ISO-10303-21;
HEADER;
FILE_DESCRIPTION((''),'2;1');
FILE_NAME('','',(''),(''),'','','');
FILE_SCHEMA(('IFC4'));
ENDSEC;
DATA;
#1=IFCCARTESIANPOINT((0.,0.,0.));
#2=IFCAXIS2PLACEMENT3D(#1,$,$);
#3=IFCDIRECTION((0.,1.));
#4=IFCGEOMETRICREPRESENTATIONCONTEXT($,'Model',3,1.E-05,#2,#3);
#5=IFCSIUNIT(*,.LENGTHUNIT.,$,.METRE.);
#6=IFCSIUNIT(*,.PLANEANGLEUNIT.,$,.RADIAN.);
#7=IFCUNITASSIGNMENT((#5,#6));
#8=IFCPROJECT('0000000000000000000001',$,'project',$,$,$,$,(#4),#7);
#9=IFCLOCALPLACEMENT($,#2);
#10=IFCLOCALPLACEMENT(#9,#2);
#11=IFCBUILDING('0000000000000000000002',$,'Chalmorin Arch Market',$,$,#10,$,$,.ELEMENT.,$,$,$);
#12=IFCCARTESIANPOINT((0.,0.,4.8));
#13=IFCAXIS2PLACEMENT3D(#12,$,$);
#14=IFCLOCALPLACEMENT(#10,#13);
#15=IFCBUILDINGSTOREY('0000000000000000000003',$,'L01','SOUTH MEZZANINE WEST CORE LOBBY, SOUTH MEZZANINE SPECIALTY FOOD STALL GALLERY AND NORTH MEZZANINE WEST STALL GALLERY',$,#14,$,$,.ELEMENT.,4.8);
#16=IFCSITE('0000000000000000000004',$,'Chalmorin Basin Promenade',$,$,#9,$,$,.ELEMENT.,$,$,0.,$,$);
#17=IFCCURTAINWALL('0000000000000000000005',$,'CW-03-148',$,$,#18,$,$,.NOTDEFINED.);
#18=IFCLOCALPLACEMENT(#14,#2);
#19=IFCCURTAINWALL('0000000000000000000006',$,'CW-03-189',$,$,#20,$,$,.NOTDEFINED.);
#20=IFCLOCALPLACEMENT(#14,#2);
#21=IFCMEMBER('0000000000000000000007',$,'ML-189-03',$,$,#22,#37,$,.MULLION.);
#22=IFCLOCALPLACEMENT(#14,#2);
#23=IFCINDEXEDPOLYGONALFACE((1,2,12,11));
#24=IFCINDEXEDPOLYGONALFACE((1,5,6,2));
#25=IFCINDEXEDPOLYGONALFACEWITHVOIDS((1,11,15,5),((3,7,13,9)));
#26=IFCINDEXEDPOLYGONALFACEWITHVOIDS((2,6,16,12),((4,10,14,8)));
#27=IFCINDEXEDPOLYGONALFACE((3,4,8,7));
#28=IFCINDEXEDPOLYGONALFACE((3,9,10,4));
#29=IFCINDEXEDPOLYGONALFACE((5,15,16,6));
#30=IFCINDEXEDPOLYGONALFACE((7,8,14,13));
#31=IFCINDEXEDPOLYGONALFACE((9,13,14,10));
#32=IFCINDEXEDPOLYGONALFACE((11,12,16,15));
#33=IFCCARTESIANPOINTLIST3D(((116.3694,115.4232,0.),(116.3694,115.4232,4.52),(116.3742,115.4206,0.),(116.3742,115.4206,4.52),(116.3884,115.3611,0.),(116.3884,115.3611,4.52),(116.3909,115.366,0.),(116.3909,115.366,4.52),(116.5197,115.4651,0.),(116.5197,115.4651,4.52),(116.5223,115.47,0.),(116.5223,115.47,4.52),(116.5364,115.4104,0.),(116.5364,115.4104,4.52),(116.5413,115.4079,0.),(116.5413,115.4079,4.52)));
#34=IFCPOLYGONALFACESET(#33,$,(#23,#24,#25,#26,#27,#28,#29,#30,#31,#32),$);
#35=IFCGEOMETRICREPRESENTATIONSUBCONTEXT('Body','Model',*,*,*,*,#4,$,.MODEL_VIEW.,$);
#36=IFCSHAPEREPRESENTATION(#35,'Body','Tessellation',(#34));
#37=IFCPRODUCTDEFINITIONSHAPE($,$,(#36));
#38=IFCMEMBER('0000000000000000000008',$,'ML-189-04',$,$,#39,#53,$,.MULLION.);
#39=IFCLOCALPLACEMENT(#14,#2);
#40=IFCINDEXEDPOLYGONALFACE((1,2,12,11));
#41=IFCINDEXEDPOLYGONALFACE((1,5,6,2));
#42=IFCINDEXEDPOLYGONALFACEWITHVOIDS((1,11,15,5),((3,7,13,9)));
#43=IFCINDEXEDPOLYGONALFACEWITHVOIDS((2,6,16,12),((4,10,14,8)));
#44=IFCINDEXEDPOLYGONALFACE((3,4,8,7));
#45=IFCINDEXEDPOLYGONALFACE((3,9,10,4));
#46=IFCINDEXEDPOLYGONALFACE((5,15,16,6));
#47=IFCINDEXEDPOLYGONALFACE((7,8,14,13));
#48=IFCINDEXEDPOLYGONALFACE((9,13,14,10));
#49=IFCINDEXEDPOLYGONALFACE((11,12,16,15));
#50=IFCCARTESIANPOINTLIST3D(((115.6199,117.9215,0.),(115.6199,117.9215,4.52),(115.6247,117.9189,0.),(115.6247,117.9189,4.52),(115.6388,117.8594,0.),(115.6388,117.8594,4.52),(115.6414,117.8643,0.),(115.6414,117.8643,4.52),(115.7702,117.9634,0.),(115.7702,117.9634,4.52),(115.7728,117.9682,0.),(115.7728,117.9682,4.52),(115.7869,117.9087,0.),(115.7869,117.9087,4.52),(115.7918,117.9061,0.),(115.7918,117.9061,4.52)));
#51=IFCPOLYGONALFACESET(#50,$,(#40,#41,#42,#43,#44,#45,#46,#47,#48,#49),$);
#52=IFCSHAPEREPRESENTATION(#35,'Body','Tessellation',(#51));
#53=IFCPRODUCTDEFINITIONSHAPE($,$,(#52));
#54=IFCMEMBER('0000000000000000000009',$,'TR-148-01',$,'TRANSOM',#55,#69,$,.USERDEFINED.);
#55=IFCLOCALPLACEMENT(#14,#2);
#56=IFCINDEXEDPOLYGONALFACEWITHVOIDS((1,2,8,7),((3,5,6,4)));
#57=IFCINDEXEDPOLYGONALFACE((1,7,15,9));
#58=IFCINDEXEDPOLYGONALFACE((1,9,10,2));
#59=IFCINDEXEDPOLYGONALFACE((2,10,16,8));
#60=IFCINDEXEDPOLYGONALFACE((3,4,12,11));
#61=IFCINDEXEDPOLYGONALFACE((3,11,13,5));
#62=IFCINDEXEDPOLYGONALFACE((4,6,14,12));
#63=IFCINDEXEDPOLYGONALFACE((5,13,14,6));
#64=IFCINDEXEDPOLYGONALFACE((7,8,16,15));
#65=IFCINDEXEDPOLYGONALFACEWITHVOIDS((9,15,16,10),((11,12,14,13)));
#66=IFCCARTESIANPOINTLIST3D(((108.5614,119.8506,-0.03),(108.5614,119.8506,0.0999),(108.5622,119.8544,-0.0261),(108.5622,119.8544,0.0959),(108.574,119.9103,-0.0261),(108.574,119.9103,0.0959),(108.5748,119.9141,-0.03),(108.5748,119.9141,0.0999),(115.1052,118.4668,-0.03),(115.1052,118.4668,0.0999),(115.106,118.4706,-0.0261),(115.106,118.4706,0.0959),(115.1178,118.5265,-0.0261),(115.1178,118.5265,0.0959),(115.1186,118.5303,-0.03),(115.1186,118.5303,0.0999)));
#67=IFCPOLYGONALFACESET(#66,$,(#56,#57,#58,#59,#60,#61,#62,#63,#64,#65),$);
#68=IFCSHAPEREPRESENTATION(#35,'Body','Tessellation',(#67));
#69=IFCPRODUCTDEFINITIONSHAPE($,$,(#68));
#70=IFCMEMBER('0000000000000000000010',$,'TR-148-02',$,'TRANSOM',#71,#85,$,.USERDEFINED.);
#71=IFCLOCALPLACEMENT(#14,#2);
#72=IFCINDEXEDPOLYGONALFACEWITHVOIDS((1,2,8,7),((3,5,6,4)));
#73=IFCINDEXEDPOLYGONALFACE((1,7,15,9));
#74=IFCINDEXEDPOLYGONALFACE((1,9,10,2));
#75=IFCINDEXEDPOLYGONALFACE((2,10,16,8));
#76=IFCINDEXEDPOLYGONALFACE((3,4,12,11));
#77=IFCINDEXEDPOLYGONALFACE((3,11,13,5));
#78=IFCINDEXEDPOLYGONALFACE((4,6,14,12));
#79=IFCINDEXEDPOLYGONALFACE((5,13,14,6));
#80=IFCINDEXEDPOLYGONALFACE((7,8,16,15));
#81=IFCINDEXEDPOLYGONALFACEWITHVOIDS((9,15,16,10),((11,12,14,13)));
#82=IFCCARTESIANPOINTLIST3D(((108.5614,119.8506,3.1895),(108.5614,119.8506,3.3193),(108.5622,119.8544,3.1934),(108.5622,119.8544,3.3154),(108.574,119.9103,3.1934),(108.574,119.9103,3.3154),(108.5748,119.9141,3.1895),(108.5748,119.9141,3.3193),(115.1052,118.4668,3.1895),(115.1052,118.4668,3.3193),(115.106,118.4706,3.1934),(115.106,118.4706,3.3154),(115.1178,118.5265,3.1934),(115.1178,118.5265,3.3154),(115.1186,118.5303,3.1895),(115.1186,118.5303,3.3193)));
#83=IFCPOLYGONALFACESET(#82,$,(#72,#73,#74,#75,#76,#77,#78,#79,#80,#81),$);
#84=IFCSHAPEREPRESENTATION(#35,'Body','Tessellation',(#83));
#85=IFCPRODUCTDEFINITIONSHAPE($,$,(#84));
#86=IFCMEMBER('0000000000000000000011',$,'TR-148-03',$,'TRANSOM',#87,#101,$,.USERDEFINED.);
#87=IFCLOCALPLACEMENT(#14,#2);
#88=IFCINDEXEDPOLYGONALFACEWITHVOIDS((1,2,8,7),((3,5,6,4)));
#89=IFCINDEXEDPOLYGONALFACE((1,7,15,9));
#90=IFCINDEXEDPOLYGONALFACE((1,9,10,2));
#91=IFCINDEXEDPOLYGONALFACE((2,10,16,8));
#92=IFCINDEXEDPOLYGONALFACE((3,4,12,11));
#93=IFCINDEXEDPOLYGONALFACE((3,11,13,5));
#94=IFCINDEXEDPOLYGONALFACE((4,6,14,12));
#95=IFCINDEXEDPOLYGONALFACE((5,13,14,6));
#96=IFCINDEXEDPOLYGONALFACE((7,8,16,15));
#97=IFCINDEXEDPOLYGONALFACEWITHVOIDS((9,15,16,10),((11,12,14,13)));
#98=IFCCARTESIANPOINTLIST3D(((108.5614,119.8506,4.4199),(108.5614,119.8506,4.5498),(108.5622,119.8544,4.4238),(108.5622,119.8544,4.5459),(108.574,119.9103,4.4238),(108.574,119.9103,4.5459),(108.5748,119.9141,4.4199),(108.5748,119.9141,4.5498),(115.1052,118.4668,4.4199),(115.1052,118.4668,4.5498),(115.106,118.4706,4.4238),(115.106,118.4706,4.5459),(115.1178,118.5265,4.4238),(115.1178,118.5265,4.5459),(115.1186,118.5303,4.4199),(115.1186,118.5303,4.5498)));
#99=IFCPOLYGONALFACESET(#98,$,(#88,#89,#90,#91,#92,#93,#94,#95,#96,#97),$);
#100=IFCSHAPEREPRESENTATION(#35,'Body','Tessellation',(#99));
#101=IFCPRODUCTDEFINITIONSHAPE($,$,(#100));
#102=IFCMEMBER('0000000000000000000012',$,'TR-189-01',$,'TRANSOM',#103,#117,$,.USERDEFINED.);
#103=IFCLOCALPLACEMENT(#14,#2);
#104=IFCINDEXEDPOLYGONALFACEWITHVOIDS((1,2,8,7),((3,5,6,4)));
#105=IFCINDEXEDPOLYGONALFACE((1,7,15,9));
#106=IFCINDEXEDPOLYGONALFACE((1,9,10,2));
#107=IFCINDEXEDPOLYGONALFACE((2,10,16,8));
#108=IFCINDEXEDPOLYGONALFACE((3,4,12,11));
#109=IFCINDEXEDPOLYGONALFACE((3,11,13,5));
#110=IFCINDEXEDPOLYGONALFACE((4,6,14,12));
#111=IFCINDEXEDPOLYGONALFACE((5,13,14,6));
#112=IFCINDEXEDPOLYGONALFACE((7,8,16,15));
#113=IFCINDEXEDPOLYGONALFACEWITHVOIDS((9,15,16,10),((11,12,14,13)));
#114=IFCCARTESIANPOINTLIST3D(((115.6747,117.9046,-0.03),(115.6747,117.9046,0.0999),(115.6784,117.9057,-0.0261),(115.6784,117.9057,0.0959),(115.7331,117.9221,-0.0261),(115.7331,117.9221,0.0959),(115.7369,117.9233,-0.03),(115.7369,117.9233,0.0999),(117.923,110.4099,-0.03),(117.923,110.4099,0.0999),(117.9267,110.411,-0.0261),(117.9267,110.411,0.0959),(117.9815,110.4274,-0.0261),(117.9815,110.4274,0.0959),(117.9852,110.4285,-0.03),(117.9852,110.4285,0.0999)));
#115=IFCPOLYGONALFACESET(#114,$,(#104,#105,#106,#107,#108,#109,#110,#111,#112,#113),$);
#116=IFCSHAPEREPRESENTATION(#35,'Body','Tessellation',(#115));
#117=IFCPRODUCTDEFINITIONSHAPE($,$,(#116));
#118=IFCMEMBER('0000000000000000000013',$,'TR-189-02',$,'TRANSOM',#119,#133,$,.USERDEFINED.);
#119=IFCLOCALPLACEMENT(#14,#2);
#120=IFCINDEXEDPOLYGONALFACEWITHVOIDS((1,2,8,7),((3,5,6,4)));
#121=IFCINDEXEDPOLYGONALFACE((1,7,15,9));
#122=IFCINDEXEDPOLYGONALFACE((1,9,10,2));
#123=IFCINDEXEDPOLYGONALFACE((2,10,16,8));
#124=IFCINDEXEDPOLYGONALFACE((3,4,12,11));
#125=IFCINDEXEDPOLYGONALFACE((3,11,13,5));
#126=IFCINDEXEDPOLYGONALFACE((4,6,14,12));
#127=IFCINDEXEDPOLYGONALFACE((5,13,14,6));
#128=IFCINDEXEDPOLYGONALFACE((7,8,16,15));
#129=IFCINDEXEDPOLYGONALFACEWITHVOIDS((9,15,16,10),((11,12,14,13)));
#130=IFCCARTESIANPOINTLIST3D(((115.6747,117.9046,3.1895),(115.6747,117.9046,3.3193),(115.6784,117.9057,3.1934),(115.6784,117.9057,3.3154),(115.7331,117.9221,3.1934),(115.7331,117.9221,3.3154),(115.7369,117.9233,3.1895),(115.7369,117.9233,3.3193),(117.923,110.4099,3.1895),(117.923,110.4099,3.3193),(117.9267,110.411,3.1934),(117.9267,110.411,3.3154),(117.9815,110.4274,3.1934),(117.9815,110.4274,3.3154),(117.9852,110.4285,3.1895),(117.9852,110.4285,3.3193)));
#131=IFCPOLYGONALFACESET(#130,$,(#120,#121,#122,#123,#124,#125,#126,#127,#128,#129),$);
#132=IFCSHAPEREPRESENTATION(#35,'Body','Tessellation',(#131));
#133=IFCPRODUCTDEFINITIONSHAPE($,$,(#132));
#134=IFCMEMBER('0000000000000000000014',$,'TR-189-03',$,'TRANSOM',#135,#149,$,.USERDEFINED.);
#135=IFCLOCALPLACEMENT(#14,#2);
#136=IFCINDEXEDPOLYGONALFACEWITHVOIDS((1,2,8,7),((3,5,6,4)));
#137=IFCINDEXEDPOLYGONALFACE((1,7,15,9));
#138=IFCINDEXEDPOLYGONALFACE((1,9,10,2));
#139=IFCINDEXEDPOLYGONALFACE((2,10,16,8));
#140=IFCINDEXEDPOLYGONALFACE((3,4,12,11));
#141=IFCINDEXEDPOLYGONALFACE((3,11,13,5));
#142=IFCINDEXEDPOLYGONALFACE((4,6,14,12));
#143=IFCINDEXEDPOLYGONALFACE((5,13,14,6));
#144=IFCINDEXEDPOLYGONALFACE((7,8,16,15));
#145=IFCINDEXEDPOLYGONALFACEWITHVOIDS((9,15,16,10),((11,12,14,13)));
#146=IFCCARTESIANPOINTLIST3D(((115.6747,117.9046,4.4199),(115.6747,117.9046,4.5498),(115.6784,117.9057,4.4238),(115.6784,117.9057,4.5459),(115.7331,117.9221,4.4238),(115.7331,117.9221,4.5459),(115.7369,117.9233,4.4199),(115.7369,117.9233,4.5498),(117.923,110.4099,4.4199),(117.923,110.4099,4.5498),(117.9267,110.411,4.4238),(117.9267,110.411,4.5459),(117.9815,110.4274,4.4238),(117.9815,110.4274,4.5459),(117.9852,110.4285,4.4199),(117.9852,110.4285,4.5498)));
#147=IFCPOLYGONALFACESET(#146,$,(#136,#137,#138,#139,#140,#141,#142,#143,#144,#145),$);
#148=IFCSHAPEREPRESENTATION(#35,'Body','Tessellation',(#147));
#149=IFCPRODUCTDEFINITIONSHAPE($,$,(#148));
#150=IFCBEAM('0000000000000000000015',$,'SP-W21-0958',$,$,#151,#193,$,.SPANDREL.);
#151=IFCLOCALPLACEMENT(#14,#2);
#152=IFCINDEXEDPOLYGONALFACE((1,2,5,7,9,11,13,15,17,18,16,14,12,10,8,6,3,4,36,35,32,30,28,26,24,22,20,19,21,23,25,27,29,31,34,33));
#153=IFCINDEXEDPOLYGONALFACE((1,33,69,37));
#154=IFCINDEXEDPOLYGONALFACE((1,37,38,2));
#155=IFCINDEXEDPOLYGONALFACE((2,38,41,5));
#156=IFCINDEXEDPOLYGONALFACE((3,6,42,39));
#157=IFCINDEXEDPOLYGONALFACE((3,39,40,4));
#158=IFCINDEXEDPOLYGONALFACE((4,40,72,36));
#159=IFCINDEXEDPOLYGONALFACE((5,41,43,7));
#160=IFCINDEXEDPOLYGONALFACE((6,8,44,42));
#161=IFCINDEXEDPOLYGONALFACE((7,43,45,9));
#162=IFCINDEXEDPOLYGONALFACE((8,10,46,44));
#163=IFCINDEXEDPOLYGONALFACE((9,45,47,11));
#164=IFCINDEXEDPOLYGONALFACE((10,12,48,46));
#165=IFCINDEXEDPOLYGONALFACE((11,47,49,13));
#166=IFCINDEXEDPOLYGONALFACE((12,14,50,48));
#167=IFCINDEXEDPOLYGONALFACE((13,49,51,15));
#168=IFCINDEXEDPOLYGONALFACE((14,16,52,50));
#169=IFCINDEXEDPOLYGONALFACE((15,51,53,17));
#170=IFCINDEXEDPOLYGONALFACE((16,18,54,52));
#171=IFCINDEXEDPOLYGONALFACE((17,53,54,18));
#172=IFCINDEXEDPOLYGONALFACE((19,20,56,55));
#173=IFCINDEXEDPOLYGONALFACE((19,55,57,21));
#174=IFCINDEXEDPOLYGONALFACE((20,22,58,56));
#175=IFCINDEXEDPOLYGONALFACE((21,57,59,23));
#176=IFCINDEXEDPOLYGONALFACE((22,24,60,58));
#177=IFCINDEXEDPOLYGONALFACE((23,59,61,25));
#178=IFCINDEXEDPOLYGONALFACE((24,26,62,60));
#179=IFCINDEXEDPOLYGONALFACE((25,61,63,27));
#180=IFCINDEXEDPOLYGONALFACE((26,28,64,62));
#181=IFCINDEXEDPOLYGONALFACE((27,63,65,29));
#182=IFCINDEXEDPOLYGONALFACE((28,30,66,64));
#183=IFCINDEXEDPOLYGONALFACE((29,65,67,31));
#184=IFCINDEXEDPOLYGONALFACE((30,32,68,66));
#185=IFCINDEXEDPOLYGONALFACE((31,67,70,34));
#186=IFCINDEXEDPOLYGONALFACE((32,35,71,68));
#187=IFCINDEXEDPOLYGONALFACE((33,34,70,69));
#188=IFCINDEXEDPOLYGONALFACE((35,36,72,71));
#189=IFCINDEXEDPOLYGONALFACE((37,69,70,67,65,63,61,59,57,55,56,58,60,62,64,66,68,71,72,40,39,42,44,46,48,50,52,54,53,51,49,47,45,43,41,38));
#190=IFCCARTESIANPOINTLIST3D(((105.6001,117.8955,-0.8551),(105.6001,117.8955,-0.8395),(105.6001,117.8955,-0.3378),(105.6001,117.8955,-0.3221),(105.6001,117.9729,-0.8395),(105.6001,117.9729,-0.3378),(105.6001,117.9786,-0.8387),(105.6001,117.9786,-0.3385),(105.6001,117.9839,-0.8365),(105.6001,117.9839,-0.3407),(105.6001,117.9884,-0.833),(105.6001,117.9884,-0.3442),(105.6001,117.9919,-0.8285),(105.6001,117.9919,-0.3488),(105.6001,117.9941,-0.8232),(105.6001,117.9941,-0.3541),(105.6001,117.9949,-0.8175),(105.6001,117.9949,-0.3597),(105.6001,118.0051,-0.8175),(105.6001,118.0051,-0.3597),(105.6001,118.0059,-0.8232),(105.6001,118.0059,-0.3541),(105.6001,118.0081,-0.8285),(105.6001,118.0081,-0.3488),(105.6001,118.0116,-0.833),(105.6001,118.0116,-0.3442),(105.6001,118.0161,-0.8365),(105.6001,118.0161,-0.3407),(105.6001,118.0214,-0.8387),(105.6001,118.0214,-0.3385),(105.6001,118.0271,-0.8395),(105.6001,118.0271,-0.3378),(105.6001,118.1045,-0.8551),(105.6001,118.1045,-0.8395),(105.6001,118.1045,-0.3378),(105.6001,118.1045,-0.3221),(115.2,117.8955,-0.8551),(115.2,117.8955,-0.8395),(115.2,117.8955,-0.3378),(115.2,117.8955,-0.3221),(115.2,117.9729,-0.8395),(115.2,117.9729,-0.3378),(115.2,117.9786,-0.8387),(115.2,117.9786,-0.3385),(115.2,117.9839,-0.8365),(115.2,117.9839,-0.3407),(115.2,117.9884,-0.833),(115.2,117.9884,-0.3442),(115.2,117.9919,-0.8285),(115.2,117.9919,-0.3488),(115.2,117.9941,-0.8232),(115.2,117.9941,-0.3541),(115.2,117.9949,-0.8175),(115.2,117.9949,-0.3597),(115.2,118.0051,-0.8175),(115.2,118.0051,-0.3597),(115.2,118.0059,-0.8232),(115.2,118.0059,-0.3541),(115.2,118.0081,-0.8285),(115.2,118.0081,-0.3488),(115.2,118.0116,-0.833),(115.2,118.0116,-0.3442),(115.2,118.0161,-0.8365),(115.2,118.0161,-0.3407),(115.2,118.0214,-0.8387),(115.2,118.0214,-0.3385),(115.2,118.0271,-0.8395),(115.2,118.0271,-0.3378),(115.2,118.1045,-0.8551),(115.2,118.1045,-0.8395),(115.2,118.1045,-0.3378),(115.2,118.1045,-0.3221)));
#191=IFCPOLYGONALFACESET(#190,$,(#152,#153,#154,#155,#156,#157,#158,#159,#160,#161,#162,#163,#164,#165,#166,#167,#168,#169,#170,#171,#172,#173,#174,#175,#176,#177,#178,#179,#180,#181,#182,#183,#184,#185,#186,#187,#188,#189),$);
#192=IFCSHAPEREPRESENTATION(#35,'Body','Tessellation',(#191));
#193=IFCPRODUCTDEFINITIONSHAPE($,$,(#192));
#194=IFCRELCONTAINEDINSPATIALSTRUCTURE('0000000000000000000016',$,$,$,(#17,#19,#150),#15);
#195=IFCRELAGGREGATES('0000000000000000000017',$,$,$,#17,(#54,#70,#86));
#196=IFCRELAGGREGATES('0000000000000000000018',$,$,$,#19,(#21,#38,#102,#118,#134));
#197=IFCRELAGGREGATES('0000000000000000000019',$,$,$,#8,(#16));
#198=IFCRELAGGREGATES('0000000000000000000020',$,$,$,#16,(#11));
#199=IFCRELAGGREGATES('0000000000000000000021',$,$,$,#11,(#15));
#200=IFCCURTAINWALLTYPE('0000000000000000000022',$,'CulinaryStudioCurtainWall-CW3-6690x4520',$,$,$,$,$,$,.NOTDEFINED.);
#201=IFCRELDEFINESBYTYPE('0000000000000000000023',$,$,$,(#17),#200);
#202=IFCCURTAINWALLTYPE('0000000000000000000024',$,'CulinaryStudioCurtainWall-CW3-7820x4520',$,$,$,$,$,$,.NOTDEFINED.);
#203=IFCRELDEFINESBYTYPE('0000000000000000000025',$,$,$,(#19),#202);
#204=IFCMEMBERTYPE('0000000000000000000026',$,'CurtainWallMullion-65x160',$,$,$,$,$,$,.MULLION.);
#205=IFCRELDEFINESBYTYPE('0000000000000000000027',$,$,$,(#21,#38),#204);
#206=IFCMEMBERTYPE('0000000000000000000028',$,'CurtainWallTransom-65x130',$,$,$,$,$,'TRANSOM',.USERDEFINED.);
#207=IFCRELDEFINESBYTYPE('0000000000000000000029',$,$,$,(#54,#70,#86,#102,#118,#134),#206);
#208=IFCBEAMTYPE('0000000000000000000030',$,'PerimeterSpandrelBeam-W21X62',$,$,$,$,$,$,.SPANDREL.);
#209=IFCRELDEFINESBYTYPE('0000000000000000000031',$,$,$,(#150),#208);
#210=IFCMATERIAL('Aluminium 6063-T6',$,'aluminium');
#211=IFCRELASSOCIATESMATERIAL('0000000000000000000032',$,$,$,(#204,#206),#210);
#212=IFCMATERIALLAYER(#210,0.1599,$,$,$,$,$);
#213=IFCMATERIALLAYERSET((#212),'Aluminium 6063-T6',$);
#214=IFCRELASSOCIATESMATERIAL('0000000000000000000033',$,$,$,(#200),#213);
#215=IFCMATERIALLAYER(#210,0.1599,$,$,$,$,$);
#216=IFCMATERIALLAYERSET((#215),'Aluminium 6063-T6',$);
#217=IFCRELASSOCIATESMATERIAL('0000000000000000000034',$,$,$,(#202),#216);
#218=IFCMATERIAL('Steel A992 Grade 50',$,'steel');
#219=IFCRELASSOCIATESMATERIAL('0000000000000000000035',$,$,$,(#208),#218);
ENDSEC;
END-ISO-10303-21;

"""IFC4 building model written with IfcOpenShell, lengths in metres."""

from ifc_helpers import new_model, si_unit, direction, frame, origin, origin_2d, place, context, subcontext, project, spatial, hollow_rectangle, i_section, extrude, material, layer, layer_set, material_profile, profile_set, type_object, element, aggregate, save


model = new_model("IFC4")

# Units and contexts
model_context = context("Model", 3, precision=1e-05, world=origin(), true_north=direction((0.0, 1.0)))
body_context = subcontext(model_context, "Body", "Model", "MODEL_VIEW")
ifc_project = project(units=[si_unit("LENGTHUNIT", "METRE"), si_unit("PLANEANGLEUNIT", "RADIAN")], contexts=[model_context])

# Site, building, storey
site_placement = place(None, origin())
site = spatial("IfcSite", under=ifc_project, at=site_placement, Name="Chalmorin Basin Promenade", CompositionType="ELEMENT", RefElevation=0.0)
building_placement = place(site_placement, origin())
building = spatial("IfcBuilding", under=site, at=building_placement, Name="Chalmorin Arch Market", CompositionType="ELEMENT")
storey_placement = place(building_placement, frame((0.0, 0.0, 4.8)))
storey = spatial("IfcBuildingStorey", under=building, at=storey_placement, Name="L01", Description="SOUTH MEZZANINE WEST CORE LOBBY, SOUTH MEZZANINE SPECIALTY FOOD STALL GALLERY AND NORTH MEZZANINE WEST STALL GALLERY", CompositionType="ELEMENT", Elevation=4.8)

# Curtain wall
ifc_material_1 = material(Name="Aluminium 6063-T6", Category="aluminium")
ifc_material_profile_1 = material_profile(ifc_material_1, hollow_rectangle(XDim=0.0649, YDim=0.1599, WallThickness=0.0039, at=origin_2d()), Name="ALU65X160X4")
ifc_profile_set_1 = profile_set([ifc_material_profile_1], Name="Aluminium 6063-T6")
member_type_1 = type_object("IfcMemberType", Name="CurtainWallMullion-65x160", PredefinedType="MULLION", material=ifc_profile_set_1)
ifc_layer_1 = layer(ifc_material_1, 0.1599)
ifc_layer_set_1 = layer_set([ifc_layer_1], Name="Aluminium 6063-T6")
curtain_wall_type_1 = type_object("IfcCurtainWallType", Name="CulinaryStudioCurtainWall-CW3-6690x4520", PredefinedType="NOTDEFINED", material=ifc_layer_set_1)
curtain_wall_1_placement = place(storey_placement, origin())
curtain_wall_1 = element("IfcCurtainWall", 1, at=curtain_wall_1_placement, inside=storey, type_object=curtain_wall_type_1, Name="CW-03-148", PredefinedType="NOTDEFINED")

# Curtain wall, members
ifc_layer_2 = layer(ifc_material_1, 0.1599)
ifc_layer_set_2 = layer_set([ifc_layer_2], Name="Aluminium 6063-T6")
curtain_wall_type_2 = type_object("IfcCurtainWallType", Name="CulinaryStudioCurtainWall-CW3-7820x4520", PredefinedType="NOTDEFINED", material=ifc_layer_set_2)
curtain_wall_2_placement = place(storey_placement, origin())
curtain_wall_2 = element("IfcCurtainWall", 2, at=curtain_wall_2_placement, inside=storey, type_object=curtain_wall_type_2, Name="CW-03-189", PredefinedType="NOTDEFINED")
member_1_placement = place(storey_placement, frame((116.4553, 115.4155, 0.0), z_axis=(0.0, 0.0, 1.0), x_axis=(-0.292372, 0.956305, 0.0)))
member_1 = element("IfcMember", 3, at=member_1_placement, type_object=member_type_1, Name="ML-189-03", PredefinedType="MULLION", context=body_context, shape_type="SweptSolid", body=[
    extrude(hollow_rectangle(XDim=0.0649, YDim=0.1599, WallThickness=0.0039, at=origin_2d()), origin(), (0.0, 0.0, 1.0), 4.52),
])
member_2_placement = place(storey_placement, frame((115.7058, 117.9138, 0.0), z_axis=(0.0, 0.0, 1.0), x_axis=(-0.292372, 0.956305, 0.0)))
member_2 = element("IfcMember", 4, at=member_2_placement, type_object=member_type_1, Name="ML-189-04", PredefinedType="MULLION", context=body_context, shape_type="SweptSolid", body=[
    extrude(hollow_rectangle(XDim=0.0649, YDim=0.1599, WallThickness=0.0039, at=origin_2d()), origin(), (0.0, 0.0, 1.0), 4.52),
])

# Members
ifc_material_profile_2 = material_profile(ifc_material_1, hollow_rectangle(XDim=0.0649, YDim=0.1299, WallThickness=0.0039, at=origin_2d()), Name="ALU65X130X4")
ifc_profile_set_2 = profile_set([ifc_material_profile_2], Name="Aluminium 6063-T6")
member_type_2 = type_object("IfcMemberType", Name="CurtainWallTransom-65x130", ElementType="TRANSOM", PredefinedType="USERDEFINED", material=ifc_profile_set_2)
member_3_placement = place(storey_placement, frame((108.5681, 119.8823, 0.0349), z_axis=(0.978363, -0.206893, 0.0), x_axis=(0.206893, 0.978363, 0.0)))
member_3 = element("IfcMember", 5, at=member_3_placement, type_object=member_type_2, Name="TR-148-01", ObjectType="TRANSOM", PredefinedType="USERDEFINED", context=body_context, shape_type="SweptSolid", body=[
    extrude(hollow_rectangle(XDim=0.0649, YDim=0.1299, WallThickness=0.0039, at=origin_2d()), origin(), (0.0, 0.0, 1.0), 6.6885),
])
member_4_placement = place(storey_placement, frame((108.5681, 119.8823, 3.2544), z_axis=(0.978363, -0.206893, 0.0), x_axis=(0.206893, 0.978363, 0.0)))
member_4 = element("IfcMember", 6, at=member_4_placement, type_object=member_type_2, Name="TR-148-02", ObjectType="TRANSOM", PredefinedType="USERDEFINED", context=body_context, shape_type="SweptSolid", body=[
    extrude(hollow_rectangle(XDim=0.0649, YDim=0.1299, WallThickness=0.0039, at=origin_2d()), origin(), (0.0, 0.0, 1.0), 6.6885),
])
member_5_placement = place(storey_placement, frame((108.5681, 119.8823, 4.4849), z_axis=(0.978363, -0.206893, 0.0), x_axis=(0.206893, 0.978363, 0.0)))
member_5 = element("IfcMember", 7, at=member_5_placement, type_object=member_type_2, Name="TR-148-03", ObjectType="TRANSOM", PredefinedType="USERDEFINED", context=body_context, shape_type="SweptSolid", body=[
    extrude(hollow_rectangle(XDim=0.0649, YDim=0.1299, WallThickness=0.0039, at=origin_2d()), origin(), (0.0, 0.0, 1.0), 6.6885),
])
member_6_placement = place(storey_placement, frame((117.9541, 110.4192, 0.0349), z_axis=(-0.287336, 0.95783, 0.0), x_axis=(-0.95783, -0.287336, 0.0)))
member_6 = element("IfcMember", 8, at=member_6_placement, type_object=member_type_2, Name="TR-189-01", ObjectType="TRANSOM", PredefinedType="USERDEFINED", context=body_context, shape_type="SweptSolid", body=[
    extrude(hollow_rectangle(XDim=0.0649, YDim=0.1299, WallThickness=0.0039, at=origin_2d()), origin(), (0.0, 0.0, 1.0), 7.8247),
])
member_7_placement = place(storey_placement, frame((117.9541, 110.4192, 3.2544), z_axis=(-0.287336, 0.95783, 0.0), x_axis=(-0.95783, -0.287336, 0.0)))
member_7 = element("IfcMember", 9, at=member_7_placement, type_object=member_type_2, Name="TR-189-02", ObjectType="TRANSOM", PredefinedType="USERDEFINED", context=body_context, shape_type="SweptSolid", body=[
    extrude(hollow_rectangle(XDim=0.0649, YDim=0.1299, WallThickness=0.0039, at=origin_2d()), origin(), (0.0, 0.0, 1.0), 7.8247),
])
member_8_placement = place(storey_placement, frame((117.9541, 110.4192, 4.4849), z_axis=(-0.287336, 0.95783, 0.0), x_axis=(-0.95783, -0.287336, 0.0)))
member_8 = element("IfcMember", 10, at=member_8_placement, type_object=member_type_2, Name="TR-189-03", ObjectType="TRANSOM", PredefinedType="USERDEFINED", context=body_context, shape_type="SweptSolid", body=[
    extrude(hollow_rectangle(XDim=0.0649, YDim=0.1299, WallThickness=0.0039, at=origin_2d()), origin(), (0.0, 0.0, 1.0), 7.8247),
])

# Beam
ifc_material_2 = material(Name="Steel A992 Grade 50", Category="steel")
ifc_material_profile_3 = material_profile(ifc_material_2, i_section(OverallWidth=0.209, OverallDepth=0.533, WebThickness=0.0103, FlangeThickness=0.0156, FilletRadius=0.022, at=origin_2d()), Name="W21X62")
ifc_profile_set_3 = profile_set([ifc_material_profile_3], Name="Steel A992 Grade 50")
beam_type_1 = type_object("IfcBeamType", Name="PerimeterSpandrelBeam-W21X62", PredefinedType="SPANDREL", material=ifc_profile_set_3)
beam_1_placement = place(storey_placement, frame((105.6001, 118.0, -0.5886), z_axis=(1.0, 0.0, 0.0), x_axis=(0.0, 1.0, 0.0)))
element("IfcBeam", 11, at=beam_1_placement, inside=storey, type_object=beam_type_1, Name="SP-W21-0958", PredefinedType="SPANDREL", context=body_context, shape_type="SweptSolid", body=[
    extrude(i_section(OverallWidth=0.209, OverallDepth=0.533, WebThickness=0.0103, FlangeThickness=0.0156, FilletRadius=0.022, at=origin_2d()), origin(), (0.0, 0.0, 1.0), 9.5999),
])

aggregate(curtain_wall_1, [member_3, member_4, member_5])
aggregate(curtain_wall_2, [member_1, member_2, member_6, member_7, member_8])

save(model, "model.ifc")
